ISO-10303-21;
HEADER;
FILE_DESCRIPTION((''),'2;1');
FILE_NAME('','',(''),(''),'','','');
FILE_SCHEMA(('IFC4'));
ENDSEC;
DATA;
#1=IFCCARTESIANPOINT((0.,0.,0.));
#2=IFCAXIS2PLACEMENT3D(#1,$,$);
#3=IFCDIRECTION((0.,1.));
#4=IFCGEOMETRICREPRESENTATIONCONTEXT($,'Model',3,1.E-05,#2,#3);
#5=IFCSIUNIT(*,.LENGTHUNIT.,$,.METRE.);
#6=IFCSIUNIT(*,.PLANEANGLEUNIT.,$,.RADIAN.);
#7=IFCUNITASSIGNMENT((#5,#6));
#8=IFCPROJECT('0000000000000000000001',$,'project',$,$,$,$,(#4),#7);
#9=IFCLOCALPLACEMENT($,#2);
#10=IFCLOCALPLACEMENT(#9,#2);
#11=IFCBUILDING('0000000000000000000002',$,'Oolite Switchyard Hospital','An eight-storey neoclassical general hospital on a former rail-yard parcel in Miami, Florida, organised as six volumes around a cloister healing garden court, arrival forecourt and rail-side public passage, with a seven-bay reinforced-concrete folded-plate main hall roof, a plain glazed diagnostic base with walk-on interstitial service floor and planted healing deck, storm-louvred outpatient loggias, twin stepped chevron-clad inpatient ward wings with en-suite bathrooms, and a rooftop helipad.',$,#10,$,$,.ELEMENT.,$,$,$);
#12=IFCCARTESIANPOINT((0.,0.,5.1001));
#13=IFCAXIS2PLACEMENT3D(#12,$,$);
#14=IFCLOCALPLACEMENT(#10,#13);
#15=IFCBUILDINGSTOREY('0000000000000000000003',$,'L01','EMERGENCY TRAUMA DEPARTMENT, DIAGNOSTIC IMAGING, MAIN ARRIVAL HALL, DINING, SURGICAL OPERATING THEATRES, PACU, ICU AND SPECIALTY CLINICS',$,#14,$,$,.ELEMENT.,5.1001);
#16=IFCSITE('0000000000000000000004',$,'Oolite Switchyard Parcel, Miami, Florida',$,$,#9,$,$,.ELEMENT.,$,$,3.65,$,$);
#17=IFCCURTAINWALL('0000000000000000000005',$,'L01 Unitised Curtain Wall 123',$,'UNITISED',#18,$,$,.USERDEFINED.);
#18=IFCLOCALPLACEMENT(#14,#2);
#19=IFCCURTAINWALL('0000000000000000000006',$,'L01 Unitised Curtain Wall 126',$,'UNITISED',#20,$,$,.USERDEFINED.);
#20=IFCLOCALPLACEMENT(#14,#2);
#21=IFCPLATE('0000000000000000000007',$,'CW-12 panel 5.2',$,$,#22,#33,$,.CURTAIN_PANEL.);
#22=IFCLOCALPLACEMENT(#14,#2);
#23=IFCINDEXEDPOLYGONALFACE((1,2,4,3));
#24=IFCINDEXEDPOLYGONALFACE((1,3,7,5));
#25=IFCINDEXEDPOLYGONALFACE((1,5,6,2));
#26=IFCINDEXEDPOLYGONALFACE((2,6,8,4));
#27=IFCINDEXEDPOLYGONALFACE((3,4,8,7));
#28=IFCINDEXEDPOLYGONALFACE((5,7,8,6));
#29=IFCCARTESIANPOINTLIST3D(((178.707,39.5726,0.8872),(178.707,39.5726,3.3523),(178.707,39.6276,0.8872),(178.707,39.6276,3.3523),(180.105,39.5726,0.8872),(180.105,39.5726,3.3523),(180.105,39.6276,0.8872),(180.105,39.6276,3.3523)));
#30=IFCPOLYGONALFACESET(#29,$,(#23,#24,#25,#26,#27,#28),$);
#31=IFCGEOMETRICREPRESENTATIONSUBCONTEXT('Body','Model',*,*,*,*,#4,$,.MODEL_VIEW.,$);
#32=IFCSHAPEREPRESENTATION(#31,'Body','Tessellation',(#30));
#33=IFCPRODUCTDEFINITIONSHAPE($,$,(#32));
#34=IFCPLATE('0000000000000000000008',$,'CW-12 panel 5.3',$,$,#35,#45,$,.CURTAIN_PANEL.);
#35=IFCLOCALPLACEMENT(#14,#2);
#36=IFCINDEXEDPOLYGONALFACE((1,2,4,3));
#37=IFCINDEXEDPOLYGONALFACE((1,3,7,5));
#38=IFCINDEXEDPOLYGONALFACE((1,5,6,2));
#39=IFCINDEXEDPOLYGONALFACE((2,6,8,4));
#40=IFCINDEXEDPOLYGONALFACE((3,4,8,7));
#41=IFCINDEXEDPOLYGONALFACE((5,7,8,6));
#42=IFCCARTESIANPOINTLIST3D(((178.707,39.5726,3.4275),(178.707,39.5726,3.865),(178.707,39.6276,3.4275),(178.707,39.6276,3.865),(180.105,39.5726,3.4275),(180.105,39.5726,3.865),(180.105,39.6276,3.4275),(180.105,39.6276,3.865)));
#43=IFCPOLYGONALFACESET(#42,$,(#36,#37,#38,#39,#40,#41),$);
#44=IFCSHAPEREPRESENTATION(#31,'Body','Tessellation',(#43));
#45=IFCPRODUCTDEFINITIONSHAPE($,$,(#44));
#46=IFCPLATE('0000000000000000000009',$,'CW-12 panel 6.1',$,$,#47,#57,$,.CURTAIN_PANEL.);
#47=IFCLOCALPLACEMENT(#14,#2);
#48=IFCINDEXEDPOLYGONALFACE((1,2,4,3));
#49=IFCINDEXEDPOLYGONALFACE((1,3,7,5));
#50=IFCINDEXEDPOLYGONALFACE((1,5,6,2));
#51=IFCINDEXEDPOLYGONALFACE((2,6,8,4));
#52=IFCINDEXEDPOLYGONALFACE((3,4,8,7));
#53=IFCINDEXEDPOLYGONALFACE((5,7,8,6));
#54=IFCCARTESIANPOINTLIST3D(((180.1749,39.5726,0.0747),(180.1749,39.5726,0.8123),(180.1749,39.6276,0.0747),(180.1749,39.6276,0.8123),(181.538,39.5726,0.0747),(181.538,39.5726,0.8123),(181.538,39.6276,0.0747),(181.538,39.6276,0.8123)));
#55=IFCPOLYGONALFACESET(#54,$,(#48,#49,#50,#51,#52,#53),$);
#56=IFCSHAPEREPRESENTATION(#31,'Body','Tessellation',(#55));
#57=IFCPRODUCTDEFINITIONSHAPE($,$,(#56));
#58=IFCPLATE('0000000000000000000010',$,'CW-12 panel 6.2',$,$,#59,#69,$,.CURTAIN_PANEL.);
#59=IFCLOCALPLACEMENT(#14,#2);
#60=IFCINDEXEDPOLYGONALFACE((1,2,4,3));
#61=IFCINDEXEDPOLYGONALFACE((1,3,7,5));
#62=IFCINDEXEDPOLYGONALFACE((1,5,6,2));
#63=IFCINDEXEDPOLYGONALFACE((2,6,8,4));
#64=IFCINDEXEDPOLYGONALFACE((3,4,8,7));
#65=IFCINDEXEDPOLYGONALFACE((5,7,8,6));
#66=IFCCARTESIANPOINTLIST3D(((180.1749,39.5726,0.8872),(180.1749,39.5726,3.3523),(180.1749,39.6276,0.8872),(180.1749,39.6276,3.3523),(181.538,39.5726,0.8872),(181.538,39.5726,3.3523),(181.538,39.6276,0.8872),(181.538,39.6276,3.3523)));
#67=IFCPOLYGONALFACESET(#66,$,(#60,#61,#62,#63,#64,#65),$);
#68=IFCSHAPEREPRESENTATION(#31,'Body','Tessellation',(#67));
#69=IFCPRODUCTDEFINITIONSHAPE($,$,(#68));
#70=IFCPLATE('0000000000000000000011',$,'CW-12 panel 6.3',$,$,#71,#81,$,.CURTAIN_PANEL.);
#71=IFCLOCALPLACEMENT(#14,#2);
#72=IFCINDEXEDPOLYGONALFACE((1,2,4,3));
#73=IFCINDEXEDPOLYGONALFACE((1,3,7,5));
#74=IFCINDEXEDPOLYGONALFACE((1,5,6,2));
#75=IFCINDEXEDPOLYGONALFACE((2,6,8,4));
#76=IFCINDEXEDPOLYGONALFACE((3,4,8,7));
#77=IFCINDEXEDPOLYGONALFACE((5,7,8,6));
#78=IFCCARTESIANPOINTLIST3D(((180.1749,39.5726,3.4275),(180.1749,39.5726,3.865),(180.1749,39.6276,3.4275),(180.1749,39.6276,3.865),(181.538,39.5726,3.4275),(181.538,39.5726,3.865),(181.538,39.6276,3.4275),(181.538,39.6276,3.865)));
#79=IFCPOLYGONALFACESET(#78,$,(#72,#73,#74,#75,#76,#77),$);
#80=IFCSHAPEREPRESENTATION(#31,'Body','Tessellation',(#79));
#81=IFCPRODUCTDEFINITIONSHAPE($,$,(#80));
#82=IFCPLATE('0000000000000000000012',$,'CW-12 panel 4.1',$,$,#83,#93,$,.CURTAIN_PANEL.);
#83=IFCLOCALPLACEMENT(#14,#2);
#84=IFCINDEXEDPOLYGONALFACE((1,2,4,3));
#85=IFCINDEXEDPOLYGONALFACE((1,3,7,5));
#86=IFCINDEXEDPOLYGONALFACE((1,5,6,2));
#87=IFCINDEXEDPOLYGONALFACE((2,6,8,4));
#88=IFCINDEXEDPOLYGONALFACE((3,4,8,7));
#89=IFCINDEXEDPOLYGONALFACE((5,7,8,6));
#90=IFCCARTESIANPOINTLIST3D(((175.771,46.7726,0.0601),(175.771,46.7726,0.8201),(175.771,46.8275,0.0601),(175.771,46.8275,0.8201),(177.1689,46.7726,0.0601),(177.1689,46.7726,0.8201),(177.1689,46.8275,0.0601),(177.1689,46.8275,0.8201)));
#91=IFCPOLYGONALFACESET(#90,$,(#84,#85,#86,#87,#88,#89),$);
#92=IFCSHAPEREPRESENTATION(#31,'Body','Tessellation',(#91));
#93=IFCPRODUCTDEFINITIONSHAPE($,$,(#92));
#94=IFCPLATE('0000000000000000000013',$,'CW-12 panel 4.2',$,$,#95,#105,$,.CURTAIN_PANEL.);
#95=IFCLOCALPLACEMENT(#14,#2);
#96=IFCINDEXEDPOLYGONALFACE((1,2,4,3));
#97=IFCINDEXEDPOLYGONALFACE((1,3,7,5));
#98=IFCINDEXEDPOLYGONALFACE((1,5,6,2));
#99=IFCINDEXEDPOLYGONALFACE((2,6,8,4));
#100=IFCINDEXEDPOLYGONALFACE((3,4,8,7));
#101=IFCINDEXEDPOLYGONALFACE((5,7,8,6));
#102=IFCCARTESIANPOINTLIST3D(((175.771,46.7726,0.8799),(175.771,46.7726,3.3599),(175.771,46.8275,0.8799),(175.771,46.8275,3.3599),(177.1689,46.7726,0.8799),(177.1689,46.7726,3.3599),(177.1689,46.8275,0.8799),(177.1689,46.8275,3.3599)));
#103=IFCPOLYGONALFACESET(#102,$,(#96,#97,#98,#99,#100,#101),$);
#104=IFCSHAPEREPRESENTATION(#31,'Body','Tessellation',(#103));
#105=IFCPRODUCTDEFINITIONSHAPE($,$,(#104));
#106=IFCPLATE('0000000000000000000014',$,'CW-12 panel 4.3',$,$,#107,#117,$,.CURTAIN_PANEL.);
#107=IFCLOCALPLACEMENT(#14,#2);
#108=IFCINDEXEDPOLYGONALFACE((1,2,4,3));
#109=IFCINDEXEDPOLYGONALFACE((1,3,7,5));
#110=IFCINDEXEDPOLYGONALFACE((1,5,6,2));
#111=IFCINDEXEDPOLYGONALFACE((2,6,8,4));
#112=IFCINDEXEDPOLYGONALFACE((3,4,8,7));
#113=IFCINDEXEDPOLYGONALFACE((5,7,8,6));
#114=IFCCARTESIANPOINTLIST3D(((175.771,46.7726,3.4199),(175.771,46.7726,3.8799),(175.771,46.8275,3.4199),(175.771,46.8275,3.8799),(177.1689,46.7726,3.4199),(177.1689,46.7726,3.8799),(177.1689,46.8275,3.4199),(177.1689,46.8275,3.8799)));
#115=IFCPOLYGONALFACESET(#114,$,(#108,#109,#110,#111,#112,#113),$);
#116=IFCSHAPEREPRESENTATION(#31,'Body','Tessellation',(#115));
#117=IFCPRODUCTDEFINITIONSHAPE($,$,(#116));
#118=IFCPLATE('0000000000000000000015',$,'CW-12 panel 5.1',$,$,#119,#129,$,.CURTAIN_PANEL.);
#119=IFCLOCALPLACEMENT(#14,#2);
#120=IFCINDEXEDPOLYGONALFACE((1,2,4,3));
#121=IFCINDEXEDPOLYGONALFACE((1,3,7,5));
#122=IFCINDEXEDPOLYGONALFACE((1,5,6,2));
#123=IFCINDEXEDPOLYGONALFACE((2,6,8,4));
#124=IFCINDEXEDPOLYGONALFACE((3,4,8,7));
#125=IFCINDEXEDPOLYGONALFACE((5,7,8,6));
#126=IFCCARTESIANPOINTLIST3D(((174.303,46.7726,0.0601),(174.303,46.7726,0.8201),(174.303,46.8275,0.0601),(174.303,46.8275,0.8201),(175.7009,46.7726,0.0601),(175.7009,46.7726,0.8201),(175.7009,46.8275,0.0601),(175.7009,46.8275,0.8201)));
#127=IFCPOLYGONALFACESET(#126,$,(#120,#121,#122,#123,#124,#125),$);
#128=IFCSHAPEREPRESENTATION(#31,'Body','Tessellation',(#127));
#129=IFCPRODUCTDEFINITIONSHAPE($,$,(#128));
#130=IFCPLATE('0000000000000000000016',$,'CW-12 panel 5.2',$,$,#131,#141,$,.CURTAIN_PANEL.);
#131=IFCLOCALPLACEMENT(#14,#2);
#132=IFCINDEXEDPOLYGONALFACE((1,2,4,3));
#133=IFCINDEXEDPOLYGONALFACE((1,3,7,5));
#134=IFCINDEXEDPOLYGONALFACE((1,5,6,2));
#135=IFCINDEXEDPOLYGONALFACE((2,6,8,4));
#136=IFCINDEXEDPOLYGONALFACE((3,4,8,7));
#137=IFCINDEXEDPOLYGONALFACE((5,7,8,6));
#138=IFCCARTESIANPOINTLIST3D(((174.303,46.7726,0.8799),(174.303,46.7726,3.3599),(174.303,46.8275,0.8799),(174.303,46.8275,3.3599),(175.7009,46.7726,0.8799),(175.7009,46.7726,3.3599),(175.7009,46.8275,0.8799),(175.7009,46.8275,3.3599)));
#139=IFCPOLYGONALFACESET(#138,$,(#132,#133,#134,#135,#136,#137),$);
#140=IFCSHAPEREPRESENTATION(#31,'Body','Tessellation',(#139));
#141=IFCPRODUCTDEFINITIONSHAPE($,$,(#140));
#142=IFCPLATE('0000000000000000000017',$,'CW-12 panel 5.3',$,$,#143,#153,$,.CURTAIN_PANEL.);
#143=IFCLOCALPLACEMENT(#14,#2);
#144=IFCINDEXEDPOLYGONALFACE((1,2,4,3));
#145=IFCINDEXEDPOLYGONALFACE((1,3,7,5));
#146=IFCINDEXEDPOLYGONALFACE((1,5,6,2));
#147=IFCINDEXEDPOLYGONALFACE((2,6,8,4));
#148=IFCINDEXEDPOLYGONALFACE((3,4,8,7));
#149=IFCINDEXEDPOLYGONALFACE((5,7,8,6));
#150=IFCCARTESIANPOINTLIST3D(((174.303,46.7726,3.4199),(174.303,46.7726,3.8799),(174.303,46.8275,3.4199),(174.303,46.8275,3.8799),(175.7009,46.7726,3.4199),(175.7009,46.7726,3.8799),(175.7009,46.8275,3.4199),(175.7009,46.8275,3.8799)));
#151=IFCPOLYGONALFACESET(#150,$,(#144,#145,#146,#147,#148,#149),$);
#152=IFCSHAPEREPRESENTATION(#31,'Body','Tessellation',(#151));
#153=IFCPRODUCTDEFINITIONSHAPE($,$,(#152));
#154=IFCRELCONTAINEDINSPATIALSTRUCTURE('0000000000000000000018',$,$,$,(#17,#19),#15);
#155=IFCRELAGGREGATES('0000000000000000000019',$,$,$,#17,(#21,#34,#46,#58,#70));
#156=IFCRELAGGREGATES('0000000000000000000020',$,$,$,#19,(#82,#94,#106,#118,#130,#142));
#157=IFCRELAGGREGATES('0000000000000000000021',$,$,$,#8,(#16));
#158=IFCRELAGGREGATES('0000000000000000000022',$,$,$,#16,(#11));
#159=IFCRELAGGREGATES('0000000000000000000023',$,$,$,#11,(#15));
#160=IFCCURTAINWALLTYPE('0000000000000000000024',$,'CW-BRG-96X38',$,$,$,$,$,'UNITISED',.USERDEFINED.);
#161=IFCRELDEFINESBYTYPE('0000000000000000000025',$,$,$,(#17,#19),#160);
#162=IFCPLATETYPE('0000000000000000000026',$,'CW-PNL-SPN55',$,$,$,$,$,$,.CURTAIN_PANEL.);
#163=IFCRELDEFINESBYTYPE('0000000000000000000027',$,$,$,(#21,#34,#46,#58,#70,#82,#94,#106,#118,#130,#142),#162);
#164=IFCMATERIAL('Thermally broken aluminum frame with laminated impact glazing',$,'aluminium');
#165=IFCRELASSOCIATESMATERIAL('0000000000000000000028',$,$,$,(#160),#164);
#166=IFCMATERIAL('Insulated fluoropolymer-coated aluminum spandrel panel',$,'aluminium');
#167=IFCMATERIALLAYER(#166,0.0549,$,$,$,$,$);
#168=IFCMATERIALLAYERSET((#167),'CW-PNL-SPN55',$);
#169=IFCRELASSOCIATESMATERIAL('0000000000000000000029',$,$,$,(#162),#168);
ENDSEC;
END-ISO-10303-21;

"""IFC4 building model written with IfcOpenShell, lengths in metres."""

from ifc_helpers import new_model, si_unit, direction, frame, origin, origin_2d, place, context, subcontext, project, spatial, rectangle, extrude, material, layer, layer_set, type_object, element, aggregate, save


model = new_model("IFC4")

# Units and contexts
model_context = context("Model", 3, precision=1e-05, world=origin(), true_north=direction((0.0, 1.0)))
body_context = subcontext(model_context, "Body", "Model", "MODEL_VIEW")
ifc_project = project(units=[si_unit("LENGTHUNIT", "METRE"), si_unit("PLANEANGLEUNIT", "RADIAN")], contexts=[model_context])

# Site, building, storey
site_placement = place(None, origin())
site = spatial("IfcSite", under=ifc_project, at=site_placement, Name="Oolite Switchyard Parcel, Miami, Florida", CompositionType="ELEMENT", RefElevation=3.65)
building_placement = place(site_placement, origin())
building = spatial("IfcBuilding", under=site, at=building_placement, Name="Oolite Switchyard Hospital", Description="An eight-storey neoclassical general hospital on a former rail-yard parcel in Miami, Florida, organised as six volumes around a cloister healing garden court, arrival forecourt and rail-side public passage, with a seven-bay reinforced-concrete folded-plate main hall roof, a plain glazed diagnostic base with walk-on interstitial service floor and planted healing deck, storm-louvred outpatient loggias, twin stepped chevron-clad inpatient ward wings with en-suite bathrooms, and a rooftop helipad.", CompositionType="ELEMENT")
storey_placement = place(building_placement, frame((0.0, 0.0, 5.1001)))
storey = spatial("IfcBuildingStorey", under=building, at=storey_placement, Name="L01", Description="EMERGENCY TRAUMA DEPARTMENT, DIAGNOSTIC IMAGING, MAIN ARRIVAL HALL, DINING, SURGICAL OPERATING THEATRES, PACU, ICU AND SPECIALTY CLINICS", CompositionType="ELEMENT", Elevation=5.1001)

# Curtain walls
ifc_material_1 = material(Name="Thermally broken aluminum frame with laminated impact glazing", Category="aluminium")
curtain_wall_type = type_object("IfcCurtainWallType", Name="CW-BRG-96X38", ElementType="UNITISED", PredefinedType="USERDEFINED", material=ifc_material_1)
curtain_wall_1_placement = place(storey_placement, origin())
curtain_wall_1 = element("IfcCurtainWall", 1, at=curtain_wall_1_placement, inside=storey, type_object=curtain_wall_type, Name="L01 Unitised Curtain Wall 123", ObjectType="UNITISED", PredefinedType="USERDEFINED")
curtain_wall_2_placement = place(storey_placement, origin())
curtain_wall_2 = element("IfcCurtainWall", 2, at=curtain_wall_2_placement, inside=storey, type_object=curtain_wall_type, Name="L01 Unitised Curtain Wall 126", ObjectType="UNITISED", PredefinedType="USERDEFINED")

# Plates
ifc_material_2 = material(Name="Insulated fluoropolymer-coated aluminum spandrel panel", Category="aluminium")
ifc_layer = layer(ifc_material_2, 0.0549)
ifc_layer_set = layer_set([ifc_layer], Name="CW-PNL-SPN55")
plate_type = type_object("IfcPlateType", Name="CW-PNL-SPN55", PredefinedType="CURTAIN_PANEL", material=ifc_layer_set)
plate_1_placement = place(storey_placement, frame((179.406, 39.6001, 0.8872), z_axis=(0.0, 0.0, 1.0), x_axis=(1.0, 0.0, 0.0)))
plate_1 = element("IfcPlate", 3, at=plate_1_placement, type_object=plate_type, Name="CW-12 panel 5.2", PredefinedType="CURTAIN_PANEL", context=body_context, shape_type="SweptSolid", body=[
    extrude(rectangle(XDim=1.3979, YDim=0.0549, at=origin_2d()), origin(), (0.0, 0.0, 1.0), 2.4651),
])
plate_2_placement = place(storey_placement, frame((179.406, 39.6001, 3.4275), z_axis=(0.0, 0.0, 1.0), x_axis=(1.0, 0.0, 0.0)))
plate_2 = element("IfcPlate", 4, at=plate_2_placement, type_object=plate_type, Name="CW-12 panel 5.3", PredefinedType="CURTAIN_PANEL", context=body_context, shape_type="SweptSolid", body=[
    extrude(rectangle(XDim=1.3979, YDim=0.0549, at=origin_2d()), origin(), (0.0, 0.0, 1.0), 0.4375),
])
plate_3_placement = place(storey_placement, frame((180.8564, 39.6001, 0.0747), z_axis=(0.0, 0.0, 1.0), x_axis=(1.0, 0.0, 0.0)))
plate_3 = element("IfcPlate", 5, at=plate_3_placement, type_object=plate_type, Name="CW-12 panel 6.1", PredefinedType="CURTAIN_PANEL", context=body_context, shape_type="SweptSolid", body=[
    extrude(rectangle(XDim=1.363, YDim=0.0549, at=origin_2d()), origin(), (0.0, 0.0, 1.0), 0.7375),
])
plate_4_placement = place(storey_placement, frame((180.8564, 39.6001, 0.8872), z_axis=(0.0, 0.0, 1.0), x_axis=(1.0, 0.0, 0.0)))
plate_4 = element("IfcPlate", 6, at=plate_4_placement, type_object=plate_type, Name="CW-12 panel 6.2", PredefinedType="CURTAIN_PANEL", context=body_context, shape_type="SweptSolid", body=[
    extrude(rectangle(XDim=1.363, YDim=0.0549, at=origin_2d()), origin(), (0.0, 0.0, 1.0), 2.4651),
])
plate_5_placement = place(storey_placement, frame((180.8564, 39.6001, 3.4275), z_axis=(0.0, 0.0, 1.0), x_axis=(1.0, 0.0, 0.0)))
plate_5 = element("IfcPlate", 7, at=plate_5_placement, type_object=plate_type, Name="CW-12 panel 6.3", PredefinedType="CURTAIN_PANEL", context=body_context, shape_type="SweptSolid", body=[
    extrude(rectangle(XDim=1.363, YDim=0.0549, at=origin_2d()), origin(), (0.0, 0.0, 1.0), 0.4375),
])
aggregate(curtain_wall_1, [plate_1, plate_2, plate_3, plate_4, plate_5])
plate_6_placement = place(storey_placement, frame((176.47, 46.8, 0.0601), z_axis=(0.0, 0.0, 1.0), x_axis=(-1.0, 0.0, 0.0)))
plate_6 = element("IfcPlate", 8, at=plate_6_placement, type_object=plate_type, Name="CW-12 panel 4.1", PredefinedType="CURTAIN_PANEL", context=body_context, shape_type="SweptSolid", body=[
    extrude(rectangle(XDim=1.3979, YDim=0.0549, at=origin_2d()), origin(), (0.0, 0.0, 1.0), 0.76),
])
plate_7_placement = place(storey_placement, frame((176.47, 46.8, 0.8799), z_axis=(0.0, 0.0, 1.0), x_axis=(-1.0, 0.0, 0.0)))
plate_7 = element("IfcPlate", 9, at=plate_7_placement, type_object=plate_type, Name="CW-12 panel 4.2", PredefinedType="CURTAIN_PANEL", context=body_context, shape_type="SweptSolid", body=[
    extrude(rectangle(XDim=1.3979, YDim=0.0549, at=origin_2d()), origin(), (0.0, 0.0, 1.0), 2.48),
])
plate_8_placement = place(storey_placement, frame((176.47, 46.8, 3.4199), z_axis=(0.0, 0.0, 1.0), x_axis=(-1.0, 0.0, 0.0)))
plate_8 = element("IfcPlate", 10, at=plate_8_placement, type_object=plate_type, Name="CW-12 panel 4.3", PredefinedType="CURTAIN_PANEL", context=body_context, shape_type="SweptSolid", body=[
    extrude(rectangle(XDim=1.3979, YDim=0.0549, at=origin_2d()), origin(), (0.0, 0.0, 1.0), 0.46),
])
plate_9_placement = place(storey_placement, frame((175.002, 46.8, 0.0601), z_axis=(0.0, 0.0, 1.0), x_axis=(-1.0, 0.0, 0.0)))
plate_9 = element("IfcPlate", 11, at=plate_9_placement, type_object=plate_type, Name="CW-12 panel 5.1", PredefinedType="CURTAIN_PANEL", context=body_context, shape_type="SweptSolid", body=[
    extrude(rectangle(XDim=1.3979, YDim=0.0549, at=origin_2d()), origin(), (0.0, 0.0, 1.0), 0.76),
])
plate_10_placement = place(storey_placement, frame((175.002, 46.8, 0.8799), z_axis=(0.0, 0.0, 1.0), x_axis=(-1.0, 0.0, 0.0)))
plate_10 = element("IfcPlate", 12, at=plate_10_placement, type_object=plate_type, Name="CW-12 panel 5.2", PredefinedType="CURTAIN_PANEL", context=body_context, shape_type="SweptSolid", body=[
    extrude(rectangle(XDim=1.3979, YDim=0.0549, at=origin_2d()), origin(), (0.0, 0.0, 1.0), 2.48),
])
plate_11_placement = place(storey_placement, frame((175.002, 46.8, 3.4199), z_axis=(0.0, 0.0, 1.0), x_axis=(-1.0, 0.0, 0.0)))
plate_11 = element("IfcPlate", 13, at=plate_11_placement, type_object=plate_type, Name="CW-12 panel 5.3", PredefinedType="CURTAIN_PANEL", context=body_context, shape_type="SweptSolid", body=[
    extrude(rectangle(XDim=1.3979, YDim=0.0549, at=origin_2d()), origin(), (0.0, 0.0, 1.0), 0.46),
])
aggregate(curtain_wall_2, [plate_6, plate_7, plate_8, plate_9, plate_10, plate_11])

save(model, "model.ifc")
